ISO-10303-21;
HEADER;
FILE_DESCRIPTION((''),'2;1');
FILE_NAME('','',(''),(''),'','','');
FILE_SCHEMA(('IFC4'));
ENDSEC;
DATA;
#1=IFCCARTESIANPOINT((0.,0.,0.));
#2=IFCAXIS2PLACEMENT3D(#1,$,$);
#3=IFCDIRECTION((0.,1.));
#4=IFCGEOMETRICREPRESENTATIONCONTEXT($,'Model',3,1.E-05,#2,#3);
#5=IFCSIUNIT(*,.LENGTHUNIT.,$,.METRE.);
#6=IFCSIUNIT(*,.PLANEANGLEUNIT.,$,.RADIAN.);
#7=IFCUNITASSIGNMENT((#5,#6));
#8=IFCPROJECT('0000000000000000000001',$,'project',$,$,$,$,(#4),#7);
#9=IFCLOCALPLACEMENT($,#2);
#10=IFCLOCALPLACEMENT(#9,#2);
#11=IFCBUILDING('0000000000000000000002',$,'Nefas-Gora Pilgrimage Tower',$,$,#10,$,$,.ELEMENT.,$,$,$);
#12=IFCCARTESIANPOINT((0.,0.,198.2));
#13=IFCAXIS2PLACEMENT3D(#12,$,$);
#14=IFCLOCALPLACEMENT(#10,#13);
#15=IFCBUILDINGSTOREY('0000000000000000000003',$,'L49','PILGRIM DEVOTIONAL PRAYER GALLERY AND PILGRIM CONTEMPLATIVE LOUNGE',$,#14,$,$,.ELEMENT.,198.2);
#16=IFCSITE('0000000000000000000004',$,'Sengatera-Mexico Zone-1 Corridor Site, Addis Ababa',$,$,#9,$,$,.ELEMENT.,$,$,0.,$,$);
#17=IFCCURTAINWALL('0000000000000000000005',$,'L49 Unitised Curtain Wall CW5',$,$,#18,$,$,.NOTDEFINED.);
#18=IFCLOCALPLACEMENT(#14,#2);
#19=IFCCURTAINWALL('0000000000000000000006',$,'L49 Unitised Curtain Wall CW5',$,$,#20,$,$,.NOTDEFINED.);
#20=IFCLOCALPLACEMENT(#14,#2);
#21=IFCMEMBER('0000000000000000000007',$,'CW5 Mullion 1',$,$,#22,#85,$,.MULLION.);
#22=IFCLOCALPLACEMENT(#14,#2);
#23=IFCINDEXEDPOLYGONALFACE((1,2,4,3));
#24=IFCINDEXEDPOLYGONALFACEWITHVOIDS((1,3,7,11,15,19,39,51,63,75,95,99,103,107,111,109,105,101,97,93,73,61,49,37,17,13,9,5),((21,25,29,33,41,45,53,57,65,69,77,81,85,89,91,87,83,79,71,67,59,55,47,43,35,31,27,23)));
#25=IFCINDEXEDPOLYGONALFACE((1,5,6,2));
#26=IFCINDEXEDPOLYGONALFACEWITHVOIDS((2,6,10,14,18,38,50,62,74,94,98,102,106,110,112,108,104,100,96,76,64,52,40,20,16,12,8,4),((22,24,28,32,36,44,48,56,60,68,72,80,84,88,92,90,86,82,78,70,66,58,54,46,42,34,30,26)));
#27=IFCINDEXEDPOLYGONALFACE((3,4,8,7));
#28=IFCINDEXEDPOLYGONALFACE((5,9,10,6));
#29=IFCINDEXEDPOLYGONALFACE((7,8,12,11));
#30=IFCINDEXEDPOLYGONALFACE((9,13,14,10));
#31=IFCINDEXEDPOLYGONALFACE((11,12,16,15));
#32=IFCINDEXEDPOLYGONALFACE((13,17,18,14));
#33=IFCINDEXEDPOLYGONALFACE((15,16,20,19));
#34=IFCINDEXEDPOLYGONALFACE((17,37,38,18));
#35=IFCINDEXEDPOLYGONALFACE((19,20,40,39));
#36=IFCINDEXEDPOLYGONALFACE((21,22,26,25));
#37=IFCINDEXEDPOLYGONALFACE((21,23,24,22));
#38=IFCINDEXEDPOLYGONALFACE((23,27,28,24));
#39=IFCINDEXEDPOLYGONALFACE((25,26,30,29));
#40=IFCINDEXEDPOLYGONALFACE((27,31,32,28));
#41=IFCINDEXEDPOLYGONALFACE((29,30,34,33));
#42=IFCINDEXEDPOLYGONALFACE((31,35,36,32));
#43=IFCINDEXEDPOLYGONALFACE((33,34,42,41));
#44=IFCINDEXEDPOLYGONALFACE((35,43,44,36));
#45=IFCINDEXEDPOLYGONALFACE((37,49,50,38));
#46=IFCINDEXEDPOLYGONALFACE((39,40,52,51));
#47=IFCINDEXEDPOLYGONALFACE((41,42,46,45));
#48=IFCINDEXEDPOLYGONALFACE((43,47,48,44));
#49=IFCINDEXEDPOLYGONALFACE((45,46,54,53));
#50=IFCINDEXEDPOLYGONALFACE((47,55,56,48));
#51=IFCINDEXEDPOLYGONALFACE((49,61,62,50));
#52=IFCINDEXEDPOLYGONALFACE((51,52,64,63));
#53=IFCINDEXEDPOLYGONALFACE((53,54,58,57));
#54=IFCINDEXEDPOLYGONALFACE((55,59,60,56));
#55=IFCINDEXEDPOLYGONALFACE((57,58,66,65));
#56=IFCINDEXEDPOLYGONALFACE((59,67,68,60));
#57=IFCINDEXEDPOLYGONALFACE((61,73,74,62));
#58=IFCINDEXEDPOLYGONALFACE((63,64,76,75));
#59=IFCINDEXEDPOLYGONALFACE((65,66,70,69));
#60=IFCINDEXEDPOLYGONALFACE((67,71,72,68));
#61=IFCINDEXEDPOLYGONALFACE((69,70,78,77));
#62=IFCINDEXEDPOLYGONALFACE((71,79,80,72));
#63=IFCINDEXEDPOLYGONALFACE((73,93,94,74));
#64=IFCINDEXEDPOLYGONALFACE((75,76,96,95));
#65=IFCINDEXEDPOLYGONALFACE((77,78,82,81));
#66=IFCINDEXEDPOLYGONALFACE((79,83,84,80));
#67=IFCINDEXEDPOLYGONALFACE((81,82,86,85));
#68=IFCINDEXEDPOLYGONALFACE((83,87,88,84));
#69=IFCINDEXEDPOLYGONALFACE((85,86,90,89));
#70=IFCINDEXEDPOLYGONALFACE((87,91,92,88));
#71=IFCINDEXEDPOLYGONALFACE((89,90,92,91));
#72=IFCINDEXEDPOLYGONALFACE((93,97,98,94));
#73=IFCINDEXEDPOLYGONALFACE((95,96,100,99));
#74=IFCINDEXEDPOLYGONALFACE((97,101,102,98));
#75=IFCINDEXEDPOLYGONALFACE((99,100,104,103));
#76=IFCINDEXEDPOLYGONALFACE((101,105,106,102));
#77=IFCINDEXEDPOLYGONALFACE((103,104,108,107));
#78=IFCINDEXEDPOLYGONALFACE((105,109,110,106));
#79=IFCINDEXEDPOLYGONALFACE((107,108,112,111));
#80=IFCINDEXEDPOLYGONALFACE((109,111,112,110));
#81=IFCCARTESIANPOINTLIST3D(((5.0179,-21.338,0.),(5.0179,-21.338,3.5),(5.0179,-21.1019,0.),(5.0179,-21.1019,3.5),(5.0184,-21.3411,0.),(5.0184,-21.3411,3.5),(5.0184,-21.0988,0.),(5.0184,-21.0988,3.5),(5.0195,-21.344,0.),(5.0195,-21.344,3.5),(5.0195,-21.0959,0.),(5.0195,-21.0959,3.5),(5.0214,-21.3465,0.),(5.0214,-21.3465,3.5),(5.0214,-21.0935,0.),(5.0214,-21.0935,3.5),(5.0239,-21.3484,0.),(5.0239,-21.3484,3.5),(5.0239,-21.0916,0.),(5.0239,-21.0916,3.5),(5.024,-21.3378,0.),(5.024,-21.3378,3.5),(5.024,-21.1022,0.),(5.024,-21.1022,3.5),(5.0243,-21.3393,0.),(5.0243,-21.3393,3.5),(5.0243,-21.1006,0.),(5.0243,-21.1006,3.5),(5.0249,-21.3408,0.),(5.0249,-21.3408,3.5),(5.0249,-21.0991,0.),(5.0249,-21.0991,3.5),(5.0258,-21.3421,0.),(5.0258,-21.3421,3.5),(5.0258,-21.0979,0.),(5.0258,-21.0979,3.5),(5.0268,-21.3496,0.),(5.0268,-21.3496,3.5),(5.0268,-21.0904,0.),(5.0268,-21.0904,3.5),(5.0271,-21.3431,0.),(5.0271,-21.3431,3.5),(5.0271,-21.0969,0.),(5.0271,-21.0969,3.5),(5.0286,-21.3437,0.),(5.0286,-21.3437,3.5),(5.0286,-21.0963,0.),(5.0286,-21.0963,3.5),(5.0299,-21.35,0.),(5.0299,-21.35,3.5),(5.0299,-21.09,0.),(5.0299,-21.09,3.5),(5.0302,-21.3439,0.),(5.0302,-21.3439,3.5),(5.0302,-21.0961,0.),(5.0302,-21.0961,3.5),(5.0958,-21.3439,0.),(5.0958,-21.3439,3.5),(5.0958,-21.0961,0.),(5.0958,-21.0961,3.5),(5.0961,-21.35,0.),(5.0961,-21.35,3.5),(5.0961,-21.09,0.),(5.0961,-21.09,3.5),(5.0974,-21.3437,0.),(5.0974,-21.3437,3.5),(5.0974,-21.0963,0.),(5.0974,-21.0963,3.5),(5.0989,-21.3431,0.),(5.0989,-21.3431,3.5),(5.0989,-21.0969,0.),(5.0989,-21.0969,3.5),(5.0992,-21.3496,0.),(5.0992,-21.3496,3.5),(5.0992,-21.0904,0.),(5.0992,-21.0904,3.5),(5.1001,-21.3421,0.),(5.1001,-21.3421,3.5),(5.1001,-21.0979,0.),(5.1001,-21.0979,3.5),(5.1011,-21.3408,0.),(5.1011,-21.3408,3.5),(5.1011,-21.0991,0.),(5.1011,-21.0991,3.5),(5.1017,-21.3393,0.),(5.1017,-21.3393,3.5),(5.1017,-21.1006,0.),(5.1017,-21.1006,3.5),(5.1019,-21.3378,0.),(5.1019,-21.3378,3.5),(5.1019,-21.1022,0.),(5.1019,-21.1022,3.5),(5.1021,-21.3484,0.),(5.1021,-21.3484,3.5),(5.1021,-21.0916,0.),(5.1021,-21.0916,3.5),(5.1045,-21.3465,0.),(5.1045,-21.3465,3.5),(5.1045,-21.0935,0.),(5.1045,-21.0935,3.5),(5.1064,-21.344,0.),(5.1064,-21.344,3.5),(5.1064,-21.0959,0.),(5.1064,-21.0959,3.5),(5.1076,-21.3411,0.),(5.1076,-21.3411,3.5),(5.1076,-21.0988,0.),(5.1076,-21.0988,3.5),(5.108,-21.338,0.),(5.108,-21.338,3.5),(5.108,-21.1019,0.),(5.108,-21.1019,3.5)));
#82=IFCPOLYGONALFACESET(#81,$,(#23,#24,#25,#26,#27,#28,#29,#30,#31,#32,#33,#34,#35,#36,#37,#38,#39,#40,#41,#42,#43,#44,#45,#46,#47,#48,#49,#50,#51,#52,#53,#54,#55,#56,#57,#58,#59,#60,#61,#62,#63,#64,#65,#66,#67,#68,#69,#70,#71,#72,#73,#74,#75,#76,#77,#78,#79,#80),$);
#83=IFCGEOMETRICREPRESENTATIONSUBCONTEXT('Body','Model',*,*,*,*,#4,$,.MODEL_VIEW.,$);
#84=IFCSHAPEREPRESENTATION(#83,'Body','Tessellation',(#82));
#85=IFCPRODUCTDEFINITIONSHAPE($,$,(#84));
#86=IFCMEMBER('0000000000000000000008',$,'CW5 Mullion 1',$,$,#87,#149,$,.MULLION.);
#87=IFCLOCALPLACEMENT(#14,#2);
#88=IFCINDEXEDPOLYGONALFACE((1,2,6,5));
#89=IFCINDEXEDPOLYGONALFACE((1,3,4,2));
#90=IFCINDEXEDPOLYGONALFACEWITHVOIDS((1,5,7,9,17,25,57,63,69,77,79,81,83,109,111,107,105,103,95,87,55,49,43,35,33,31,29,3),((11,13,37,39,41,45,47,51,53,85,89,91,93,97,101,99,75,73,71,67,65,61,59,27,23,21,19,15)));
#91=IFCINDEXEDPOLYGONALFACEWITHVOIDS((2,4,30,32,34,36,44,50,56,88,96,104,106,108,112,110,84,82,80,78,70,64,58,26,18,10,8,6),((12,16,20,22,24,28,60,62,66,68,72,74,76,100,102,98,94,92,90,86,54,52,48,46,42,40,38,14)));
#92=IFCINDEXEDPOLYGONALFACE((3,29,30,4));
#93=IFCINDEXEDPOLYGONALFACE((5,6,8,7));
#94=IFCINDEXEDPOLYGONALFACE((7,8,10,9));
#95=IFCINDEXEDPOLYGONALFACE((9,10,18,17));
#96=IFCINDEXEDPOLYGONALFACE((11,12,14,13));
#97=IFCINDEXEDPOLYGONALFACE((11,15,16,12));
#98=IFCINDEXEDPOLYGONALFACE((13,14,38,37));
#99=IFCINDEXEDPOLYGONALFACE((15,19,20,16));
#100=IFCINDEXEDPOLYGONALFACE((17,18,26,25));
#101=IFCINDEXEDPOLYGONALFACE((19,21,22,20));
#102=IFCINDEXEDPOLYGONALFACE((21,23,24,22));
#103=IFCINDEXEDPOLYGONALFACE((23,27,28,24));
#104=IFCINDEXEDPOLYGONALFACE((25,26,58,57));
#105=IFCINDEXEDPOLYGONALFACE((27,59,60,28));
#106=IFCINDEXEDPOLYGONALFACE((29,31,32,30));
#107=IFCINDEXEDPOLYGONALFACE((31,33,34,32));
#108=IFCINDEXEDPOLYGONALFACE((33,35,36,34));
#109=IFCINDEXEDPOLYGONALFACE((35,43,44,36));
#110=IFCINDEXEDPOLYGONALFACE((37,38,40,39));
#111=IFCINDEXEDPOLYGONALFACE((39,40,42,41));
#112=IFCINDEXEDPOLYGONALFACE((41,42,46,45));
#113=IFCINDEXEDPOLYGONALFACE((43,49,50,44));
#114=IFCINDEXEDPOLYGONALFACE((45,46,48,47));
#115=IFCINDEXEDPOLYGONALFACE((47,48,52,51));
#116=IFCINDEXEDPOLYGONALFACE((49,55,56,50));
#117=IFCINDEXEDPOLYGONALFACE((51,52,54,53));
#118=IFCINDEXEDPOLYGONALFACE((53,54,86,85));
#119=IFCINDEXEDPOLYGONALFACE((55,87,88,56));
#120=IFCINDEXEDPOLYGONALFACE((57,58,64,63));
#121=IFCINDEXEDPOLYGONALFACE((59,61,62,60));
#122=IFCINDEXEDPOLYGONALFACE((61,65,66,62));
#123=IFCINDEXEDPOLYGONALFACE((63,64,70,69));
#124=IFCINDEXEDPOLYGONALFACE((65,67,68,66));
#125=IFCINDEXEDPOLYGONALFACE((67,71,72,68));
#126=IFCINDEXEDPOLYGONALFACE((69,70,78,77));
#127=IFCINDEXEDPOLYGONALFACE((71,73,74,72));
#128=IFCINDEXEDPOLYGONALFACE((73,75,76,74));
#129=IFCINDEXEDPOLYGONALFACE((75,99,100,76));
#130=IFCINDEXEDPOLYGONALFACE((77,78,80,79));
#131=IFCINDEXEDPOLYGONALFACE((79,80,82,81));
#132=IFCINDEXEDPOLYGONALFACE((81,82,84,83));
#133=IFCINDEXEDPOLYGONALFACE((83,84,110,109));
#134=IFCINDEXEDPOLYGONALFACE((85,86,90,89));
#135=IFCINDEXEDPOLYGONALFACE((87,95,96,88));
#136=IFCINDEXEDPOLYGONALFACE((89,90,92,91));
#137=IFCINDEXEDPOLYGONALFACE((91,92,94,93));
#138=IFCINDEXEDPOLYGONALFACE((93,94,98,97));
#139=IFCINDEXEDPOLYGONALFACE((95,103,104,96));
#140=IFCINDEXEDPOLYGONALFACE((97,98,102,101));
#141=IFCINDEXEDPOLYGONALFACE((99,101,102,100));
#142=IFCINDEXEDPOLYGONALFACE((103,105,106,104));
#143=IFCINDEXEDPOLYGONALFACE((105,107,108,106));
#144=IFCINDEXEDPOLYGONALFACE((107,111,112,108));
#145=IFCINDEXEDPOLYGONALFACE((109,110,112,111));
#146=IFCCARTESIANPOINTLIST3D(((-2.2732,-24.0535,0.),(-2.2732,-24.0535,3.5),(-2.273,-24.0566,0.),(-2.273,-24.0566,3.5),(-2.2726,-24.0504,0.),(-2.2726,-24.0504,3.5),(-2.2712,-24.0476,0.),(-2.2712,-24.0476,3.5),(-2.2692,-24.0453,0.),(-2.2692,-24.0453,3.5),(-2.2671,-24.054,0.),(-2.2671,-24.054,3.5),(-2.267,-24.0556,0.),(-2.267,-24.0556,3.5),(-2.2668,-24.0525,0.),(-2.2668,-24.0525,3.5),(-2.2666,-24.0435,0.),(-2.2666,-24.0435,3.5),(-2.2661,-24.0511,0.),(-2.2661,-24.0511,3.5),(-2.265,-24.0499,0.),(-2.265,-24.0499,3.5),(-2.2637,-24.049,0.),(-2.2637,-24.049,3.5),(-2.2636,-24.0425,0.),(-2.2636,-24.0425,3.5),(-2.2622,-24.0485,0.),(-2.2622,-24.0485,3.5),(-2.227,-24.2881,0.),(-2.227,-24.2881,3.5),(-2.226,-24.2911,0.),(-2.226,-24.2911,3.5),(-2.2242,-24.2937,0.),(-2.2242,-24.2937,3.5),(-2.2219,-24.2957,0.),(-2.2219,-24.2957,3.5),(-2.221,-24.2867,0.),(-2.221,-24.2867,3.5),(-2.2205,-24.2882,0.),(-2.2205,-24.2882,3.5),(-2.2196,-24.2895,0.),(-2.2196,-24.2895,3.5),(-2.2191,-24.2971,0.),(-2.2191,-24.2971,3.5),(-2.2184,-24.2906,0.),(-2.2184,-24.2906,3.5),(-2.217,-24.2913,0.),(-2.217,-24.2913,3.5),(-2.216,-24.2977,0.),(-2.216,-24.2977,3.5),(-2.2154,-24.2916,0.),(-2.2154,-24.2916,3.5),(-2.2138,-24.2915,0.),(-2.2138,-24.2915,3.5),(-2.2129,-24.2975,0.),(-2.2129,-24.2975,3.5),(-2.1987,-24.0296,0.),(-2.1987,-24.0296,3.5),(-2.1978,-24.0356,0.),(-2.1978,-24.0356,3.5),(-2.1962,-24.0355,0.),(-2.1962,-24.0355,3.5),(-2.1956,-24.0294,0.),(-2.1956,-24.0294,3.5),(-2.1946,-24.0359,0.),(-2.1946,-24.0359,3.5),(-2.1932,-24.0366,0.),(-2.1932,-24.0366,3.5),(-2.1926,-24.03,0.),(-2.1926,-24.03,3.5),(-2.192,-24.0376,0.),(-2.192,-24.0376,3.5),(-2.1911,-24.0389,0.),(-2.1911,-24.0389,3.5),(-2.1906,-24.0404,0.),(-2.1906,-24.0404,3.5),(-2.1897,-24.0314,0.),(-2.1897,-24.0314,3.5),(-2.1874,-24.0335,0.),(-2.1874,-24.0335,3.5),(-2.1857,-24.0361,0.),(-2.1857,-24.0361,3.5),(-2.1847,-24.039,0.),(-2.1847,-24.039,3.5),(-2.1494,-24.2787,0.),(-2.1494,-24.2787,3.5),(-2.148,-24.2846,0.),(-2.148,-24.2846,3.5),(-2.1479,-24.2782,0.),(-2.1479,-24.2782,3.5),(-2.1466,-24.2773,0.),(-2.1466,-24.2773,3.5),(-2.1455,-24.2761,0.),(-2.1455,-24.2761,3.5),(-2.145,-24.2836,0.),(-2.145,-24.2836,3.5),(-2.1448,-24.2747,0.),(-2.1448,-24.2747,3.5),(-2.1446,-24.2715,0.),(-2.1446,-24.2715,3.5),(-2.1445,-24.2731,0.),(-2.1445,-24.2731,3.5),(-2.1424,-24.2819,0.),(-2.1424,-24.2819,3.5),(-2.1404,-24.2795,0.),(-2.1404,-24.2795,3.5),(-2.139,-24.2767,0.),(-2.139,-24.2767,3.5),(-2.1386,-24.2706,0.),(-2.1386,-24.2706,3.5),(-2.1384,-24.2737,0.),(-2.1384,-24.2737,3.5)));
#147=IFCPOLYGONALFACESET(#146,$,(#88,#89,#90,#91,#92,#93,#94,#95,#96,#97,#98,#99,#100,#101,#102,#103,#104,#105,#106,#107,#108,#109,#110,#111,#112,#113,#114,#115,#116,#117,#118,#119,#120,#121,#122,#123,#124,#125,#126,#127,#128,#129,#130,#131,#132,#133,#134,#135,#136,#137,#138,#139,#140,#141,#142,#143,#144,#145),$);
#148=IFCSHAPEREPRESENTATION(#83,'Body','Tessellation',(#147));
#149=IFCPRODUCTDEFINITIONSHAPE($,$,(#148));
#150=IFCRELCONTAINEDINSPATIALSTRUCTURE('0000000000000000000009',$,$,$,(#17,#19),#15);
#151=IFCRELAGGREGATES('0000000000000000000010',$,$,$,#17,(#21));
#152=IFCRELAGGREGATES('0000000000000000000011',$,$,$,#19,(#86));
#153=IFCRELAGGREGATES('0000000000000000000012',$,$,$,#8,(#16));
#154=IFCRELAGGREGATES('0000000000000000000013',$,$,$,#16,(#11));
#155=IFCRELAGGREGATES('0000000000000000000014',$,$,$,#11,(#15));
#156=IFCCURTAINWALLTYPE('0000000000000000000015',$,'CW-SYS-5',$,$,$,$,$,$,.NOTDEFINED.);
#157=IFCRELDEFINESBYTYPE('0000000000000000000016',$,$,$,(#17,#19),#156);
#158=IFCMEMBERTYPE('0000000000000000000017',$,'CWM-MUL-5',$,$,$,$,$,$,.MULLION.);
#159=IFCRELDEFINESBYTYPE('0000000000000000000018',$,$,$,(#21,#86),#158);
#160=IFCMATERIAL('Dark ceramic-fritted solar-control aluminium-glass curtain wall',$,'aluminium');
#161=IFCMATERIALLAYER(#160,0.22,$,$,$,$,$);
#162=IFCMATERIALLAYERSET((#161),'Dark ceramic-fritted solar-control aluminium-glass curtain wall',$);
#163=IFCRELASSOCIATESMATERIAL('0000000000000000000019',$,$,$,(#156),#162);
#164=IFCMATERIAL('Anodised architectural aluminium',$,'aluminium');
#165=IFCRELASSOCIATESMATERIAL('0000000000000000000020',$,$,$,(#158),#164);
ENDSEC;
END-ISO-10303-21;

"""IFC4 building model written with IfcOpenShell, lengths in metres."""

from ifc_helpers import new_model, si_unit, direction, frame, origin, origin_2d, place, context, subcontext, project, spatial, hollow_rectangle, extrude, source, transform, mapped, material, layer, layer_set, material_profile, profile_set, type_object, element, aggregate, save


model = new_model("IFC4")

# Units and contexts
model_context = context("Model", 3, precision=1e-05, world=origin(), true_north=direction((0.0, 1.0)))
body_context = subcontext(model_context, "Body", "Model", "MODEL_VIEW")
ifc_project = project(units=[si_unit("LENGTHUNIT", "METRE"), si_unit("PLANEANGLEUNIT", "RADIAN")], contexts=[model_context])

# Site, building, storey
site_placement = place(None, origin())
site = spatial("IfcSite", under=ifc_project, at=site_placement, Name="Sengatera-Mexico Zone-1 Corridor Site, Addis Ababa", CompositionType="ELEMENT", RefElevation=0.0)
building_placement = place(site_placement, origin())
building = spatial("IfcBuilding", under=site, at=building_placement, Name="Nefas-Gora Pilgrimage Tower", CompositionType="ELEMENT")
storey_placement = place(building_placement, frame((0.0, 0.0, 198.2)))
storey = spatial("IfcBuildingStorey", under=building, at=storey_placement, Name="L49", Description="PILGRIM DEVOTIONAL PRAYER GALLERY AND PILGRIM CONTEMPLATIVE LOUNGE", CompositionType="ELEMENT", Elevation=198.2)

# Curtain walls
ifc_material_1 = material(Name="Dark ceramic-fritted solar-control aluminium-glass curtain wall", Category="aluminium")
ifc_layer_1 = layer(ifc_material_1, 0.22)
ifc_layer_set_1 = layer_set([ifc_layer_1], Name="Dark ceramic-fritted solar-control aluminium-glass curtain wall")
curtain_wall_type = type_object("IfcCurtainWallType", Name="CW-SYS-5", PredefinedType="NOTDEFINED", material=ifc_layer_set_1)
curtain_wall_1_placement = place(storey_placement, origin())
curtain_wall_1 = element("IfcCurtainWall", 1, at=curtain_wall_1_placement, inside=storey, type_object=curtain_wall_type, Name="L49 Unitised Curtain Wall CW5", PredefinedType="NOTDEFINED")
ifc_material_2 = material(Name="Anodised architectural aluminium", Category="aluminium")
curtain_wall_2_placement = place(storey_placement, origin())
curtain_wall_2 = element("IfcCurtainWall", 2, at=curtain_wall_2_placement, inside=storey, type_object=curtain_wall_type, Name="L49 Unitised Curtain Wall CW5", PredefinedType="NOTDEFINED")

# Members
ifc_material_profile_1 = material_profile(ifc_material_2, hollow_rectangle(XDim=0.0901, YDim=0.26, WallThickness=0.0061, InnerFilletRadius=0.0061, OuterFilletRadius=0.012, at=origin_2d()), Name="ALU MULLION 90x260")
ifc_profile_set_1 = profile_set([ifc_material_profile_1], Name="Anodised architectural aluminium")
member_type_1 = type_object("IfcMemberType", Name="CWM-MUL-5", PredefinedType="MULLION", material=ifc_profile_set_1)
shared_shape_1 = source(origin(), body_context, "Body", "SweptSolid", [
    extrude(hollow_rectangle(XDim=0.0901, YDim=0.26, WallThickness=0.0061, InnerFilletRadius=0.0061, OuterFilletRadius=0.012, at=origin_2d()), origin(), (0.0, 0.0, 1.0), 3.5),
])
member_1_placement = place(storey_placement, frame((5.063, -21.22, 0.0), z_axis=(0.0, 0.0, 1.0), x_axis=(1.0, 0.0, 0.0)))
member_1 = element("IfcMember", 3, at=member_1_placement, type_object=member_type_1, Name="CW5 Mullion 1", PredefinedType="MULLION", context=body_context, shape_type="MappedRepresentation", body=[
    mapped(shared_shape_1, transform((0.0, 0.0, 0.0), x_axis=(1.0, 0.0, 0.0), y_axis=(0.0, 1.0, 0.0), z_axis=(0.0, 0.0, 1.0), scale=1.0)),
])
member_2_placement = place(storey_placement, frame((-2.2058, -24.1636, 0.0), z_axis=(0.0, 0.0, 1.0), x_axis=(0.980783, 0.195102, 0.0)))
member_2 = element("IfcMember", 4, at=member_2_placement, type_object=member_type_1, Name="CW5 Mullion 1", PredefinedType="MULLION", context=body_context, shape_type="MappedRepresentation", body=[
    mapped(shared_shape_1, transform((0.0, 0.0, 0.0), x_axis=(1.0, 0.0, 0.0), y_axis=(0.0, 1.0, 0.0), z_axis=(0.0, 0.0, 1.0), scale=1.0)),
])

aggregate(curtain_wall_1, [member_1])
aggregate(curtain_wall_2, [member_2])

save(model, "model.ifc")
